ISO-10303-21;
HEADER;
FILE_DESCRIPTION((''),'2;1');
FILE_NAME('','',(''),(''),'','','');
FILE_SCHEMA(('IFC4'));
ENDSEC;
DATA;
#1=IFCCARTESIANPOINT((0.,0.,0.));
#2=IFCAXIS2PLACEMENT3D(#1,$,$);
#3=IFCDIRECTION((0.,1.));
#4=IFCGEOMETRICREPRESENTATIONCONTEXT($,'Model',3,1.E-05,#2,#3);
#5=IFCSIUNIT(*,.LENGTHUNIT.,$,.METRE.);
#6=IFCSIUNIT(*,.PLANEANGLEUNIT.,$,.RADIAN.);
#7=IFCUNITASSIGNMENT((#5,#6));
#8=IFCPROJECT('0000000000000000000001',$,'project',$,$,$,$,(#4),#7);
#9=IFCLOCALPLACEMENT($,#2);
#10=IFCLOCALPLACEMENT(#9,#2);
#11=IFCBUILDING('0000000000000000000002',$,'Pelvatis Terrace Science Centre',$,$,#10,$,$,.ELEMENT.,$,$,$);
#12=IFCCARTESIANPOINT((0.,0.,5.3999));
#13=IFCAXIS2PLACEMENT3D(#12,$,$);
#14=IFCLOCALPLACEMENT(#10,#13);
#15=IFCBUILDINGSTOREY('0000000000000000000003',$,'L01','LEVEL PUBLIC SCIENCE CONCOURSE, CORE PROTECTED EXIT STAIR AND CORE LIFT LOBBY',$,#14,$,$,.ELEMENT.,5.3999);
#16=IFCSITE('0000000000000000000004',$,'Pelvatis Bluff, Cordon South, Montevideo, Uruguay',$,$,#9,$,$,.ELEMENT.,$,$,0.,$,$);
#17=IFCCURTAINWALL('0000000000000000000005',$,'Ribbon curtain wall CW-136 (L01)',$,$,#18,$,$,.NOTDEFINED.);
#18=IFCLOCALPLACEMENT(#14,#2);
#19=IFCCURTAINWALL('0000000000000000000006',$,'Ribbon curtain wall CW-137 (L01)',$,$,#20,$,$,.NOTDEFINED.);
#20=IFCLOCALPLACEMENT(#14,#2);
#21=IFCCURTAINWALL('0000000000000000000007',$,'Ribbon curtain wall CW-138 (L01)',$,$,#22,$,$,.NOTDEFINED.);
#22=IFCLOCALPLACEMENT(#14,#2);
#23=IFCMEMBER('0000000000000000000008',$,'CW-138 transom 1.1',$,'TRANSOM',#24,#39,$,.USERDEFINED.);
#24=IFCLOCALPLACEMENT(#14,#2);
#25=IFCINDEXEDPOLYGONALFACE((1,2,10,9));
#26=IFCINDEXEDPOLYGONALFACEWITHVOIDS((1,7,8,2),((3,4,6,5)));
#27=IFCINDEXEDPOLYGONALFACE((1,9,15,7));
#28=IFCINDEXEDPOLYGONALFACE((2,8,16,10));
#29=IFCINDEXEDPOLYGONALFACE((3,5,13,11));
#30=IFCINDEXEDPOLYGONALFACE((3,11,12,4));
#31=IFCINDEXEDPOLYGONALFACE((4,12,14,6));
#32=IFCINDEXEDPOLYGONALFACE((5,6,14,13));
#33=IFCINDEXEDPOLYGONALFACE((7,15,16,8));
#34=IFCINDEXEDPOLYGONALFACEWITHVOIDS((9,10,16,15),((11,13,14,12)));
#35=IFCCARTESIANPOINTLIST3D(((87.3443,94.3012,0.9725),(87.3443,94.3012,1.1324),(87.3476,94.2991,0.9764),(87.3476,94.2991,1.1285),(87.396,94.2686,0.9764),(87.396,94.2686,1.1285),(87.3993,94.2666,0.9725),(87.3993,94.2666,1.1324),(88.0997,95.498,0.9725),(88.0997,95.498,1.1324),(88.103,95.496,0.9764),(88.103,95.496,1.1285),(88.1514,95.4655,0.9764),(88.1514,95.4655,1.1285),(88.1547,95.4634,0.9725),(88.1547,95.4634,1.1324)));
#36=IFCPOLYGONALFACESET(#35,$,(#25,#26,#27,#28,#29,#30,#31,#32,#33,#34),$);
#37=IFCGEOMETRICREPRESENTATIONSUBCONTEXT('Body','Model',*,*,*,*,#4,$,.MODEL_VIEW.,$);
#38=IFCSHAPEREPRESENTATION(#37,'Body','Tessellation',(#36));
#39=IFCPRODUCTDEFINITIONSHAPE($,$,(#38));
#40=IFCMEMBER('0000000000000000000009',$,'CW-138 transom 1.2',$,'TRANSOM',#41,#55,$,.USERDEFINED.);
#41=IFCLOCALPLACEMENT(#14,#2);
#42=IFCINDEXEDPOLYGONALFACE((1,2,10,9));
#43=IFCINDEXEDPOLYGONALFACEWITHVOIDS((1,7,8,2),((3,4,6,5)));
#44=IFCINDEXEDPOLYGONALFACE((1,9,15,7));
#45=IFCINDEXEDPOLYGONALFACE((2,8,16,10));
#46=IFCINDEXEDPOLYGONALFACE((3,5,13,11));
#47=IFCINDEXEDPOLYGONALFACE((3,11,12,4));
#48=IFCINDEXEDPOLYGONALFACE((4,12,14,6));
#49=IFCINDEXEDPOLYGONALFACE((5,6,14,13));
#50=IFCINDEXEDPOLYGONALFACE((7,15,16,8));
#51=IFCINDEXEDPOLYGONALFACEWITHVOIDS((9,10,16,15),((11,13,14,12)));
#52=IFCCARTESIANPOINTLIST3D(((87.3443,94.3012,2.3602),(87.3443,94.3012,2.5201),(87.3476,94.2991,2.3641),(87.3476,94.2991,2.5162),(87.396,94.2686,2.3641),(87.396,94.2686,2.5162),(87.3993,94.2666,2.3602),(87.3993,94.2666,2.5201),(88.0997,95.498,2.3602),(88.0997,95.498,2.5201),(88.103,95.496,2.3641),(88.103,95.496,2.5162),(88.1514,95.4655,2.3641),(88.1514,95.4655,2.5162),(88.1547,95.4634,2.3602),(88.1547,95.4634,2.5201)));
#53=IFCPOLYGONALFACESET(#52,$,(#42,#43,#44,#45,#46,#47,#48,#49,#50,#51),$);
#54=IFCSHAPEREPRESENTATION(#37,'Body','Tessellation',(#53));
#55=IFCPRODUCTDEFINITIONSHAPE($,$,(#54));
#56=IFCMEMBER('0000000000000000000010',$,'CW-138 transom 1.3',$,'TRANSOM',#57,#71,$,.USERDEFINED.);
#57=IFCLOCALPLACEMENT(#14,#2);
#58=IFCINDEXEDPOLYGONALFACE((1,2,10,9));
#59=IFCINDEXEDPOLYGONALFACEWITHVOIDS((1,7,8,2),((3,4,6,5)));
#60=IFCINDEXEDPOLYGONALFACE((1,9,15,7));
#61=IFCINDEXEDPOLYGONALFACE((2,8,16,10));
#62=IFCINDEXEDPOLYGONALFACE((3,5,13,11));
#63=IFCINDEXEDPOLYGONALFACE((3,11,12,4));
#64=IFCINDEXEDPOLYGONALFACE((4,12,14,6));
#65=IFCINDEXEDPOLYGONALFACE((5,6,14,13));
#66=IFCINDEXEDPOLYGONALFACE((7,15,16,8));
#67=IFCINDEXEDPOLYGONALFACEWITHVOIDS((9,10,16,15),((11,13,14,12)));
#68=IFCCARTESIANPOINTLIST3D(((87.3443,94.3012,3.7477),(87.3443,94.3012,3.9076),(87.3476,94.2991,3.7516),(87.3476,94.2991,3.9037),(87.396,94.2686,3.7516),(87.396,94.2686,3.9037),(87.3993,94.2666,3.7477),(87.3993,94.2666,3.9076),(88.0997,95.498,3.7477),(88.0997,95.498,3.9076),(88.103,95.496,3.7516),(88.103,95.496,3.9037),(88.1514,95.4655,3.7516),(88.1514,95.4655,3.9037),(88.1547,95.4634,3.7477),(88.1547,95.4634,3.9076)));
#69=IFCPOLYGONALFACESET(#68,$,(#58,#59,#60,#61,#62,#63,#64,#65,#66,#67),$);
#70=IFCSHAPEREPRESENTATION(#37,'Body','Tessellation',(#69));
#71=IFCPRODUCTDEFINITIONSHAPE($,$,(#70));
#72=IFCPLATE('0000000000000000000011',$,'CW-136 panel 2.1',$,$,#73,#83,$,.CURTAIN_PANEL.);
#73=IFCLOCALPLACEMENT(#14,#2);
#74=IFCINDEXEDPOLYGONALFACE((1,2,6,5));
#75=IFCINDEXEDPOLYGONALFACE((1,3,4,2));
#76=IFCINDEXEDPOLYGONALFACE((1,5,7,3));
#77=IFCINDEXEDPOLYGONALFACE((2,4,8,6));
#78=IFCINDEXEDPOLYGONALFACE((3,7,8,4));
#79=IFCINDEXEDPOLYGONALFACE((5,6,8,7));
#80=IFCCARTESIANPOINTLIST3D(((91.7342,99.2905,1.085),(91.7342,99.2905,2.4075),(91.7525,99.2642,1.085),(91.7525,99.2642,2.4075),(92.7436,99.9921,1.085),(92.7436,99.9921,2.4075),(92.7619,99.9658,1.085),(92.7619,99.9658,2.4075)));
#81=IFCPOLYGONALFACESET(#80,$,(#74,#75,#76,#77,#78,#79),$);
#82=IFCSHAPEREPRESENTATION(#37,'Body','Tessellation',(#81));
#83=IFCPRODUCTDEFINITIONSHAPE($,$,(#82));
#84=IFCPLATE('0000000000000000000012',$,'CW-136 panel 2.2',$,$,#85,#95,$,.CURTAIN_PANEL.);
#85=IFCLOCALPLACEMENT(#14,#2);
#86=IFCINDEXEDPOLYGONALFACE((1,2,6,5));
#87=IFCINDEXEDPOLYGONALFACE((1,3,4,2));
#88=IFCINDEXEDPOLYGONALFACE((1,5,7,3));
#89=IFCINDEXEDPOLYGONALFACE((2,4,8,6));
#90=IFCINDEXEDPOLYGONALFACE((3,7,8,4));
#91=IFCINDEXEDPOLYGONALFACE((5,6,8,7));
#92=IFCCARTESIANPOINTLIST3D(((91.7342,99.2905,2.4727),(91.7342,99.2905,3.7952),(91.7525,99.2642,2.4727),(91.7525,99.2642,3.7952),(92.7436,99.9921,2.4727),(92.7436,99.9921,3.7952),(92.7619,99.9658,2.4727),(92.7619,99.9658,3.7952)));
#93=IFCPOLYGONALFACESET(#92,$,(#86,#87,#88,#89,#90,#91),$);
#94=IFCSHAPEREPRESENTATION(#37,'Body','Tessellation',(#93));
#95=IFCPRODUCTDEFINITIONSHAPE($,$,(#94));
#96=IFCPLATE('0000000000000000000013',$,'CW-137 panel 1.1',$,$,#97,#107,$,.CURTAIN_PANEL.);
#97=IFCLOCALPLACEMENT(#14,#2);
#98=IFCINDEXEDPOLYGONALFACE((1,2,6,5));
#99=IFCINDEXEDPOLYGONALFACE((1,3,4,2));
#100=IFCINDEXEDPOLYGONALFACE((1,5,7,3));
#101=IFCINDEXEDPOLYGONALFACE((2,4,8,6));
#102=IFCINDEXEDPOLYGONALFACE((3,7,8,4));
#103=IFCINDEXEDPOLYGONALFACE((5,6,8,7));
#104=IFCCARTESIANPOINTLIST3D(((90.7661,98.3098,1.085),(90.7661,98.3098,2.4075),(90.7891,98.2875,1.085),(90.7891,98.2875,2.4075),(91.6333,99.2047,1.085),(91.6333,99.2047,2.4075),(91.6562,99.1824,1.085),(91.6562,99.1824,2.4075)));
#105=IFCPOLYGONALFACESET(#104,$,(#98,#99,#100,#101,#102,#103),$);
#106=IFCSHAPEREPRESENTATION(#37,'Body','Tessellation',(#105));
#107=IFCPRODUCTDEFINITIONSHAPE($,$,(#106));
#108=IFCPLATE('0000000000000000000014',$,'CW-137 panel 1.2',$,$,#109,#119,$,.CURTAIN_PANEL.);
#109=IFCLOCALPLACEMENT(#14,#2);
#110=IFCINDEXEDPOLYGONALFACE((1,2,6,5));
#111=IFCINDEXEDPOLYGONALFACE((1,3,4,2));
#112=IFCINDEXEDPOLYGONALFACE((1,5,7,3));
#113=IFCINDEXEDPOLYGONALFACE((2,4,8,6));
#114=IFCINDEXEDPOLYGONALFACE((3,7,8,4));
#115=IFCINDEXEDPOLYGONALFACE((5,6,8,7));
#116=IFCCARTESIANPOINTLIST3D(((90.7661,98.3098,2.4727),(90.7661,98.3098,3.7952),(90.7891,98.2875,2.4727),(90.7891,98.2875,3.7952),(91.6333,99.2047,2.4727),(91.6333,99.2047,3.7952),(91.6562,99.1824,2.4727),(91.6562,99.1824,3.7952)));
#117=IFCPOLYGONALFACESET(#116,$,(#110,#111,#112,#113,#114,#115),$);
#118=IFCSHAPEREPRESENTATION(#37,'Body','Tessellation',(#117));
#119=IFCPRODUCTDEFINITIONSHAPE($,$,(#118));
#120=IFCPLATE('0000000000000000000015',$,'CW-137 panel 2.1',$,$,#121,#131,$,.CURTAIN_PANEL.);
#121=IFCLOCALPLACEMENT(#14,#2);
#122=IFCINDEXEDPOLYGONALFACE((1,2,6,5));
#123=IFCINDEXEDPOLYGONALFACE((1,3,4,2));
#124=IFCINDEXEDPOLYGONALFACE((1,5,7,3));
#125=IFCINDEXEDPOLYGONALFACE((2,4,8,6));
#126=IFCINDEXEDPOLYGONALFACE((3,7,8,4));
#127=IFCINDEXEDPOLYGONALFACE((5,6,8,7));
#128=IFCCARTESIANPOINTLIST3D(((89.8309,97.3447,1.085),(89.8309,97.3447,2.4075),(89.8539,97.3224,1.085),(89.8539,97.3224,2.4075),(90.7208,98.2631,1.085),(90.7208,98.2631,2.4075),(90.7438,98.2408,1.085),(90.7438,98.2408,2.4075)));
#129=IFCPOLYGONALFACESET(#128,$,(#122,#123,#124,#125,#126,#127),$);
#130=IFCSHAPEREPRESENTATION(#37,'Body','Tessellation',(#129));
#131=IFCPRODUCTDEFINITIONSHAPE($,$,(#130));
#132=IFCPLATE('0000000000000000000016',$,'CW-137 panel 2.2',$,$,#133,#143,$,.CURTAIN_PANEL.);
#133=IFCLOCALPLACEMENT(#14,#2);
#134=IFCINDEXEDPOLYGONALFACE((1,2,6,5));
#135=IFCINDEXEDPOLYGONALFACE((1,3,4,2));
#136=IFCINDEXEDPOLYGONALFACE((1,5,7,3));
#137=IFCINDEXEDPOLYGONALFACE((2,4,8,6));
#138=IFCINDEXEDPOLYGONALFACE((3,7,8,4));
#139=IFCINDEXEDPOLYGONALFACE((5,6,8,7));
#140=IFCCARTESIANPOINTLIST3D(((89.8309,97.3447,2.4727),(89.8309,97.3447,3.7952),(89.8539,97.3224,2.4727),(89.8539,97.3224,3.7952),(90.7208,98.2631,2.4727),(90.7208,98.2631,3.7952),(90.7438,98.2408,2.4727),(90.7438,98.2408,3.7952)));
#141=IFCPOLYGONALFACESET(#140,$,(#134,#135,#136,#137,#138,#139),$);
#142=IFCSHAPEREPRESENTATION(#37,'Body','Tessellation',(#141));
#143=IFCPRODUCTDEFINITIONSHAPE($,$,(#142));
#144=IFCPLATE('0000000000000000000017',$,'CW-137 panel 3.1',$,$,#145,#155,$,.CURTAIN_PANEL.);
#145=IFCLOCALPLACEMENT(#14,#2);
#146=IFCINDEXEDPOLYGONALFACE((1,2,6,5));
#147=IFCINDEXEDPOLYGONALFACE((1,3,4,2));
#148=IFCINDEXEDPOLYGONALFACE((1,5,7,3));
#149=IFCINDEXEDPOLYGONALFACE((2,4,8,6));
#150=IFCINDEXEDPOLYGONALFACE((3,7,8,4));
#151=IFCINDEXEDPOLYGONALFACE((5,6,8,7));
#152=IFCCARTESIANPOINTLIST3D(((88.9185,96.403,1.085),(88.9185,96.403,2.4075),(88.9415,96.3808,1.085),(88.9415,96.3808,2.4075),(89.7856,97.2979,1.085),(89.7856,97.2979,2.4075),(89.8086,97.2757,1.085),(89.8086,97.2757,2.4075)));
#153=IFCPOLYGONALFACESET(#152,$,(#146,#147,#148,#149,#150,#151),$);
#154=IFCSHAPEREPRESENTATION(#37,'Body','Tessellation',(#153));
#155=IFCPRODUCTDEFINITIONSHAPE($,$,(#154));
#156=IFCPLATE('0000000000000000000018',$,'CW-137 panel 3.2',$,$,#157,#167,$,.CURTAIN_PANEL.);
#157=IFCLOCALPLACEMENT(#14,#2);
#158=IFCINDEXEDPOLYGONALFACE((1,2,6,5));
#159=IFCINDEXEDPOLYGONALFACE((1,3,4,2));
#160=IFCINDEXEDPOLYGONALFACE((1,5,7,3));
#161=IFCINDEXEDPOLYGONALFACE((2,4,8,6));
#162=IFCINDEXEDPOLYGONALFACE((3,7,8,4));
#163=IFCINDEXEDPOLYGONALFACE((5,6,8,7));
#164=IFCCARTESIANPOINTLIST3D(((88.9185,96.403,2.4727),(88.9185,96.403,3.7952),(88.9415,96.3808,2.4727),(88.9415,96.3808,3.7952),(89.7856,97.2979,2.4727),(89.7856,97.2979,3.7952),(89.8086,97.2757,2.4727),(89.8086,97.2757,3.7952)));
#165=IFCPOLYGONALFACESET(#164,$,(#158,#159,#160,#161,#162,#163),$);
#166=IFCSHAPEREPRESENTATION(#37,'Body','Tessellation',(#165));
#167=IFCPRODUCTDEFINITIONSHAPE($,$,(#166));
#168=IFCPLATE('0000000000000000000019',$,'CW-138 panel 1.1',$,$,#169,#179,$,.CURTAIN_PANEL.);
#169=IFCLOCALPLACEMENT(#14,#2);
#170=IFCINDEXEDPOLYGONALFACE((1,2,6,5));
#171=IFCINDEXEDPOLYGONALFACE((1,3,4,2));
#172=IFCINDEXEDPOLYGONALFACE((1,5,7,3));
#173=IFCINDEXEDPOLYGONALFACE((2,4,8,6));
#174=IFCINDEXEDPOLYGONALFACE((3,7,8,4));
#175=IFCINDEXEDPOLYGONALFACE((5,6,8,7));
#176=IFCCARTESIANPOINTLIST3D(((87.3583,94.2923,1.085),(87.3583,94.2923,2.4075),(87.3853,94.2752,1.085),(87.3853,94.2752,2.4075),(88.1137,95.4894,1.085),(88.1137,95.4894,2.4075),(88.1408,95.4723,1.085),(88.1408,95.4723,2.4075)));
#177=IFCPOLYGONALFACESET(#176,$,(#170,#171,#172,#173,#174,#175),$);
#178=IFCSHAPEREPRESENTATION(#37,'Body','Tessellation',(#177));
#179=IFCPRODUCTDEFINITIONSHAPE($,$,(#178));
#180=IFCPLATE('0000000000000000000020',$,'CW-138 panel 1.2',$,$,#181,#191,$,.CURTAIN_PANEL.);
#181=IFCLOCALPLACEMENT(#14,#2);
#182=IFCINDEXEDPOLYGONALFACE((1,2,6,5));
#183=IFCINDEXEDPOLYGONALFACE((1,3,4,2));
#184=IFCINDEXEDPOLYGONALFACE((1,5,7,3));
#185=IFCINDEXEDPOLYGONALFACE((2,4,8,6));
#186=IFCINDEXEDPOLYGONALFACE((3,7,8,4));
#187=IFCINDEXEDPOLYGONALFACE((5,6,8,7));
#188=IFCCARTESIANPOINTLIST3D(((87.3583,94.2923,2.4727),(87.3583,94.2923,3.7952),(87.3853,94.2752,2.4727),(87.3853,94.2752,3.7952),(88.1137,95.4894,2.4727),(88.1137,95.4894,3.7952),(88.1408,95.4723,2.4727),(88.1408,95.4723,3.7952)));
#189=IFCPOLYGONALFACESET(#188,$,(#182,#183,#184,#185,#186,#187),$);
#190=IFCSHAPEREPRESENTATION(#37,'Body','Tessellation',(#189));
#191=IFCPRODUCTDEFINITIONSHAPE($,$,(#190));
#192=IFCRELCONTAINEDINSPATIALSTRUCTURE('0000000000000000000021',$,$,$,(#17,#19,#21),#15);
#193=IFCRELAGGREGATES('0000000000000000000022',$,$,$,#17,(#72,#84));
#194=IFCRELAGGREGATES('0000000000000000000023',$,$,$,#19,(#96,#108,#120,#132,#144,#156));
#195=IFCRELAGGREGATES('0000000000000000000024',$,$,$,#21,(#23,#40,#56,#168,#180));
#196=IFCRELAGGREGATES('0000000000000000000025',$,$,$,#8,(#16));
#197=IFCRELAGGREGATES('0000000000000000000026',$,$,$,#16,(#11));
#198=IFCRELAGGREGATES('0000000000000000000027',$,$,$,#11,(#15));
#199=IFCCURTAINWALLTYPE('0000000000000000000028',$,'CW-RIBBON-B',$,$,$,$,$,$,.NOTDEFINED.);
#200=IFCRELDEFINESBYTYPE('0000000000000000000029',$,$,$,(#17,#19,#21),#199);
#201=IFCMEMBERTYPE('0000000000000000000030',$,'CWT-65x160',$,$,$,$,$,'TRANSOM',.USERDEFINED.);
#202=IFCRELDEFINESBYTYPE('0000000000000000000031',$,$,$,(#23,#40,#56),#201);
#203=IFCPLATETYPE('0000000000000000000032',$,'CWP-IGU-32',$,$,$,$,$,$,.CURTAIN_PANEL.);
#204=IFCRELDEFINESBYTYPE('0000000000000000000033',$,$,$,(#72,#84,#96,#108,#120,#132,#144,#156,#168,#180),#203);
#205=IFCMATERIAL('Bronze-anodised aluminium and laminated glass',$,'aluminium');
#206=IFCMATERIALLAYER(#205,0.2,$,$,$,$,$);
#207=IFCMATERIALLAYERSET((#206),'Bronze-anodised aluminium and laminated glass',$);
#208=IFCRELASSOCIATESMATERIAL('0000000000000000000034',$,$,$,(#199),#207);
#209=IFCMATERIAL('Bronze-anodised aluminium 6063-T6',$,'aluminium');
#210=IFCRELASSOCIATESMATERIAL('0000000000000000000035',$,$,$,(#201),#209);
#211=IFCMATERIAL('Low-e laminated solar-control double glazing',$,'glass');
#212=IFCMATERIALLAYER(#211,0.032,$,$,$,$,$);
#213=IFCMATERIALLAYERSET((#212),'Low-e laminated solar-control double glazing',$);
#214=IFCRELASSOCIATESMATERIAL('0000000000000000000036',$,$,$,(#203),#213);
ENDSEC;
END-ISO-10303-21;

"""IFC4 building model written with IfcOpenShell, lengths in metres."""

from ifc_helpers import new_model, si_unit, direction, frame, origin, origin_2d, place, context, subcontext, project, spatial, rectangle, hollow_rectangle, extrude, material, layer, layer_set, material_profile, profile_set, type_object, element, aggregate, save


model = new_model("IFC4")

# Units and contexts
model_context = context("Model", 3, precision=1e-05, world=origin(), true_north=direction((0.0, 1.0)))
body_context = subcontext(model_context, "Body", "Model", "MODEL_VIEW")
ifc_project = project(units=[si_unit("LENGTHUNIT", "METRE"), si_unit("PLANEANGLEUNIT", "RADIAN")], contexts=[model_context])

# Site, building, storey
site_placement = place(None, origin())
site = spatial("IfcSite", under=ifc_project, at=site_placement, Name="Pelvatis Bluff, Cordon South, Montevideo, Uruguay", CompositionType="ELEMENT", RefElevation=0.0)
building_placement = place(site_placement, origin())
building = spatial("IfcBuilding", under=site, at=building_placement, Name="Pelvatis Terrace Science Centre", CompositionType="ELEMENT")
storey_placement = place(building_placement, frame((0.0, 0.0, 5.3999)))
storey = spatial("IfcBuildingStorey", under=building, at=storey_placement, Name="L01", Description="LEVEL PUBLIC SCIENCE CONCOURSE, CORE PROTECTED EXIT STAIR AND CORE LIFT LOBBY", CompositionType="ELEMENT", Elevation=5.3999)

# Curtain walls
ifc_material_1 = material(Name="Bronze-anodised aluminium and laminated glass", Category="aluminium")
ifc_layer_1 = layer(ifc_material_1, 0.2)
ifc_layer_set_1 = layer_set([ifc_layer_1], Name="Bronze-anodised aluminium and laminated glass")
curtain_wall_type = type_object("IfcCurtainWallType", Name="CW-RIBBON-B", PredefinedType="NOTDEFINED", material=ifc_layer_set_1)
curtain_wall_1_placement = place(storey_placement, origin())
curtain_wall_1 = element("IfcCurtainWall", 1, at=curtain_wall_1_placement, inside=storey, type_object=curtain_wall_type, Name="Ribbon curtain wall CW-136 (L01)", PredefinedType="NOTDEFINED")
curtain_wall_2_placement = place(storey_placement, origin())
curtain_wall_2 = element("IfcCurtainWall", 2, at=curtain_wall_2_placement, inside=storey, type_object=curtain_wall_type, Name="Ribbon curtain wall CW-137 (L01)", PredefinedType="NOTDEFINED")

# Curtain wall
curtain_wall_3_placement = place(storey_placement, origin())
curtain_wall_3 = element("IfcCurtainWall", 3, at=curtain_wall_3_placement, inside=storey, type_object=curtain_wall_type, Name="Ribbon curtain wall CW-138 (L01)", PredefinedType="NOTDEFINED")

# Members
ifc_material_2 = material(Name="Bronze-anodised aluminium 6063-T6", Category="aluminium")
ifc_material_profile_1 = material_profile(ifc_material_2, hollow_rectangle(XDim=0.0649, YDim=0.1599, WallThickness=0.0039, at=origin_2d()), Name="ALU-TRN 65x160")
ifc_profile_set_1 = profile_set([ifc_material_profile_1], Name="Bronze-anodised aluminium 6063-T6")
member_type_1 = type_object("IfcMemberType", Name="CWT-65x160", ElementType="TRANSOM", PredefinedType="USERDEFINED", material=ifc_profile_set_1)
member_1_placement = place(storey_placement, frame((88.1272, 95.4807, 1.0525), z_axis=(-0.533746, -0.845645, 0.0), x_axis=(0.845645, -0.533746, 0.0)))
member_1 = element("IfcMember", 4, at=member_1_placement, type_object=member_type_1, Name="CW-138 transom 1.1", ObjectType="TRANSOM", PredefinedType="USERDEFINED", context=body_context, shape_type="SweptSolid", body=[
    extrude(hollow_rectangle(XDim=0.0649, YDim=0.1599, WallThickness=0.0039, at=origin_2d()), origin(), (0.0, 0.0, 1.0), 1.4153),
])
member_2_placement = place(storey_placement, frame((88.1272, 95.4807, 2.4402), z_axis=(-0.533746, -0.845645, 0.0), x_axis=(0.845645, -0.533746, 0.0)))
member_2 = element("IfcMember", 5, at=member_2_placement, type_object=member_type_1, Name="CW-138 transom 1.2", ObjectType="TRANSOM", PredefinedType="USERDEFINED", context=body_context, shape_type="SweptSolid", body=[
    extrude(hollow_rectangle(XDim=0.0649, YDim=0.1599, WallThickness=0.0039, at=origin_2d()), origin(), (0.0, 0.0, 1.0), 1.4153),
])
member_3_placement = place(storey_placement, frame((88.1272, 95.4807, 3.8276), z_axis=(-0.533746, -0.845645, 0.0), x_axis=(0.845645, -0.533746, 0.0)))
member_3 = element("IfcMember", 6, at=member_3_placement, type_object=member_type_1, Name="CW-138 transom 1.3", ObjectType="TRANSOM", PredefinedType="USERDEFINED", context=body_context, shape_type="SweptSolid", body=[
    extrude(hollow_rectangle(XDim=0.0649, YDim=0.1599, WallThickness=0.0039, at=origin_2d()), origin(), (0.0, 0.0, 1.0), 1.4153),
])

# Plates
ifc_material_3 = material(Name="Low-e laminated solar-control double glazing", Category="glass")
ifc_layer_2 = layer(ifc_material_3, 0.032)
ifc_layer_set_2 = layer_set([ifc_layer_2], Name="Low-e laminated solar-control double glazing")
plate_type = type_object("IfcPlateType", Name="CWP-IGU-32", PredefinedType="CURTAIN_PANEL", material=ifc_layer_set_2)
plate_1_placement = place(storey_placement, frame((92.248, 99.6282, 1.085), z_axis=(0.0, 0.0, 1.0), x_axis=(-0.821122, -0.570753, 0.0)))
plate_1 = element("IfcPlate", 7, at=plate_1_placement, type_object=plate_type, Name="CW-136 panel 2.1", PredefinedType="CURTAIN_PANEL", context=body_context, shape_type="SweptSolid", body=[
    extrude(rectangle(XDim=1.2292, YDim=0.032, at=origin_2d()), origin(), (0.0, 0.0, 1.0), 1.3225),
])
plate_2_placement = place(storey_placement, frame((92.248, 99.6282, 2.4727), z_axis=(0.0, 0.0, 1.0), x_axis=(-0.821122, -0.570753, 0.0)))
plate_2 = element("IfcPlate", 8, at=plate_2_placement, type_object=plate_type, Name="CW-136 panel 2.2", PredefinedType="CURTAIN_PANEL", context=body_context, shape_type="SweptSolid", body=[
    extrude(rectangle(XDim=1.2292, YDim=0.032, at=origin_2d()), origin(), (0.0, 0.0, 1.0), 1.3225),
])
aggregate(curtain_wall_1, [plate_1, plate_2])
plate_3_placement = place(storey_placement, frame((91.2112, 98.7461, 1.085), z_axis=(0.0, 0.0, 1.0), x_axis=(-0.695868, -0.71817, 0.0)))
plate_3 = element("IfcPlate", 9, at=plate_3_placement, type_object=plate_type, Name="CW-137 panel 1.1", PredefinedType="CURTAIN_PANEL", context=body_context, shape_type="SweptSolid", body=[
    extrude(rectangle(XDim=1.2461, YDim=0.032, at=origin_2d()), origin(), (0.0, 0.0, 1.0), 1.3225),
])
plate_4_placement = place(storey_placement, frame((91.2112, 98.7461, 2.4727), z_axis=(0.0, 0.0, 1.0), x_axis=(-0.695868, -0.71817, 0.0)))
plate_4 = element("IfcPlate", 10, at=plate_4_placement, type_object=plate_type, Name="CW-137 panel 1.2", PredefinedType="CURTAIN_PANEL", context=body_context, shape_type="SweptSolid", body=[
    extrude(rectangle(XDim=1.2461, YDim=0.032, at=origin_2d()), origin(), (0.0, 0.0, 1.0), 1.3225),
])
plate_5_placement = place(storey_placement, frame((90.2874, 97.7927, 1.085), z_axis=(0.0, 0.0, 1.0), x_axis=(-0.695868, -0.71817, 0.0)))
plate_5 = element("IfcPlate", 11, at=plate_5_placement, type_object=plate_type, Name="CW-137 panel 2.1", PredefinedType="CURTAIN_PANEL", context=body_context, shape_type="SweptSolid", body=[
    extrude(rectangle(XDim=1.2788, YDim=0.032, at=origin_2d()), origin(), (0.0, 0.0, 1.0), 1.3225),
])
plate_6_placement = place(storey_placement, frame((90.2874, 97.7927, 2.4727), z_axis=(0.0, 0.0, 1.0), x_axis=(-0.695868, -0.71817, 0.0)))
plate_6 = element("IfcPlate", 12, at=plate_6_placement, type_object=plate_type, Name="CW-137 panel 2.2", PredefinedType="CURTAIN_PANEL", context=body_context, shape_type="SweptSolid", body=[
    extrude(rectangle(XDim=1.2788, YDim=0.032, at=origin_2d()), origin(), (0.0, 0.0, 1.0), 1.3225),
])
plate_7_placement = place(storey_placement, frame((89.3635, 96.8394, 1.085), z_axis=(0.0, 0.0, 1.0), x_axis=(-0.695868, -0.71817, 0.0)))
plate_7 = element("IfcPlate", 13, at=plate_7_placement, type_object=plate_type, Name="CW-137 panel 3.1", PredefinedType="CURTAIN_PANEL", context=body_context, shape_type="SweptSolid", body=[
    extrude(rectangle(XDim=1.2461, YDim=0.032, at=origin_2d()), origin(), (0.0, 0.0, 1.0), 1.3225),
])
plate_8_placement = place(storey_placement, frame((89.3635, 96.8394, 2.4727), z_axis=(0.0, 0.0, 1.0), x_axis=(-0.695868, -0.71817, 0.0)))
plate_8 = element("IfcPlate", 14, at=plate_8_placement, type_object=plate_type, Name="CW-137 panel 3.2", PredefinedType="CURTAIN_PANEL", context=body_context, shape_type="SweptSolid", body=[
    extrude(rectangle(XDim=1.2461, YDim=0.032, at=origin_2d()), origin(), (0.0, 0.0, 1.0), 1.3225),
])
aggregate(curtain_wall_2, [plate_3, plate_4, plate_5, plate_6, plate_7, plate_8])
plate_9_placement = place(storey_placement, frame((87.7495, 94.8823, 1.085), z_axis=(0.0, 0.0, 1.0), x_axis=(-0.533685, -0.845683, 0.0)))
plate_9 = element("IfcPlate", 15, at=plate_9_placement, type_object=plate_type, Name="CW-138 panel 1.1", PredefinedType="CURTAIN_PANEL", context=body_context, shape_type="SweptSolid", body=[
    extrude(rectangle(XDim=1.4155, YDim=0.032, at=origin_2d()), origin(), (0.0, 0.0, 1.0), 1.3225),
])
plate_10_placement = place(storey_placement, frame((87.7495, 94.8823, 2.4727), z_axis=(0.0, 0.0, 1.0), x_axis=(-0.533685, -0.845683, 0.0)))
plate_10 = element("IfcPlate", 16, at=plate_10_placement, type_object=plate_type, Name="CW-138 panel 1.2", PredefinedType="CURTAIN_PANEL", context=body_context, shape_type="SweptSolid", body=[
    extrude(rectangle(XDim=1.4155, YDim=0.032, at=origin_2d()), origin(), (0.0, 0.0, 1.0), 1.3225),
])
aggregate(curtain_wall_3, [member_1, member_2, member_3, plate_9, plate_10])

save(model, "model.ifc")
